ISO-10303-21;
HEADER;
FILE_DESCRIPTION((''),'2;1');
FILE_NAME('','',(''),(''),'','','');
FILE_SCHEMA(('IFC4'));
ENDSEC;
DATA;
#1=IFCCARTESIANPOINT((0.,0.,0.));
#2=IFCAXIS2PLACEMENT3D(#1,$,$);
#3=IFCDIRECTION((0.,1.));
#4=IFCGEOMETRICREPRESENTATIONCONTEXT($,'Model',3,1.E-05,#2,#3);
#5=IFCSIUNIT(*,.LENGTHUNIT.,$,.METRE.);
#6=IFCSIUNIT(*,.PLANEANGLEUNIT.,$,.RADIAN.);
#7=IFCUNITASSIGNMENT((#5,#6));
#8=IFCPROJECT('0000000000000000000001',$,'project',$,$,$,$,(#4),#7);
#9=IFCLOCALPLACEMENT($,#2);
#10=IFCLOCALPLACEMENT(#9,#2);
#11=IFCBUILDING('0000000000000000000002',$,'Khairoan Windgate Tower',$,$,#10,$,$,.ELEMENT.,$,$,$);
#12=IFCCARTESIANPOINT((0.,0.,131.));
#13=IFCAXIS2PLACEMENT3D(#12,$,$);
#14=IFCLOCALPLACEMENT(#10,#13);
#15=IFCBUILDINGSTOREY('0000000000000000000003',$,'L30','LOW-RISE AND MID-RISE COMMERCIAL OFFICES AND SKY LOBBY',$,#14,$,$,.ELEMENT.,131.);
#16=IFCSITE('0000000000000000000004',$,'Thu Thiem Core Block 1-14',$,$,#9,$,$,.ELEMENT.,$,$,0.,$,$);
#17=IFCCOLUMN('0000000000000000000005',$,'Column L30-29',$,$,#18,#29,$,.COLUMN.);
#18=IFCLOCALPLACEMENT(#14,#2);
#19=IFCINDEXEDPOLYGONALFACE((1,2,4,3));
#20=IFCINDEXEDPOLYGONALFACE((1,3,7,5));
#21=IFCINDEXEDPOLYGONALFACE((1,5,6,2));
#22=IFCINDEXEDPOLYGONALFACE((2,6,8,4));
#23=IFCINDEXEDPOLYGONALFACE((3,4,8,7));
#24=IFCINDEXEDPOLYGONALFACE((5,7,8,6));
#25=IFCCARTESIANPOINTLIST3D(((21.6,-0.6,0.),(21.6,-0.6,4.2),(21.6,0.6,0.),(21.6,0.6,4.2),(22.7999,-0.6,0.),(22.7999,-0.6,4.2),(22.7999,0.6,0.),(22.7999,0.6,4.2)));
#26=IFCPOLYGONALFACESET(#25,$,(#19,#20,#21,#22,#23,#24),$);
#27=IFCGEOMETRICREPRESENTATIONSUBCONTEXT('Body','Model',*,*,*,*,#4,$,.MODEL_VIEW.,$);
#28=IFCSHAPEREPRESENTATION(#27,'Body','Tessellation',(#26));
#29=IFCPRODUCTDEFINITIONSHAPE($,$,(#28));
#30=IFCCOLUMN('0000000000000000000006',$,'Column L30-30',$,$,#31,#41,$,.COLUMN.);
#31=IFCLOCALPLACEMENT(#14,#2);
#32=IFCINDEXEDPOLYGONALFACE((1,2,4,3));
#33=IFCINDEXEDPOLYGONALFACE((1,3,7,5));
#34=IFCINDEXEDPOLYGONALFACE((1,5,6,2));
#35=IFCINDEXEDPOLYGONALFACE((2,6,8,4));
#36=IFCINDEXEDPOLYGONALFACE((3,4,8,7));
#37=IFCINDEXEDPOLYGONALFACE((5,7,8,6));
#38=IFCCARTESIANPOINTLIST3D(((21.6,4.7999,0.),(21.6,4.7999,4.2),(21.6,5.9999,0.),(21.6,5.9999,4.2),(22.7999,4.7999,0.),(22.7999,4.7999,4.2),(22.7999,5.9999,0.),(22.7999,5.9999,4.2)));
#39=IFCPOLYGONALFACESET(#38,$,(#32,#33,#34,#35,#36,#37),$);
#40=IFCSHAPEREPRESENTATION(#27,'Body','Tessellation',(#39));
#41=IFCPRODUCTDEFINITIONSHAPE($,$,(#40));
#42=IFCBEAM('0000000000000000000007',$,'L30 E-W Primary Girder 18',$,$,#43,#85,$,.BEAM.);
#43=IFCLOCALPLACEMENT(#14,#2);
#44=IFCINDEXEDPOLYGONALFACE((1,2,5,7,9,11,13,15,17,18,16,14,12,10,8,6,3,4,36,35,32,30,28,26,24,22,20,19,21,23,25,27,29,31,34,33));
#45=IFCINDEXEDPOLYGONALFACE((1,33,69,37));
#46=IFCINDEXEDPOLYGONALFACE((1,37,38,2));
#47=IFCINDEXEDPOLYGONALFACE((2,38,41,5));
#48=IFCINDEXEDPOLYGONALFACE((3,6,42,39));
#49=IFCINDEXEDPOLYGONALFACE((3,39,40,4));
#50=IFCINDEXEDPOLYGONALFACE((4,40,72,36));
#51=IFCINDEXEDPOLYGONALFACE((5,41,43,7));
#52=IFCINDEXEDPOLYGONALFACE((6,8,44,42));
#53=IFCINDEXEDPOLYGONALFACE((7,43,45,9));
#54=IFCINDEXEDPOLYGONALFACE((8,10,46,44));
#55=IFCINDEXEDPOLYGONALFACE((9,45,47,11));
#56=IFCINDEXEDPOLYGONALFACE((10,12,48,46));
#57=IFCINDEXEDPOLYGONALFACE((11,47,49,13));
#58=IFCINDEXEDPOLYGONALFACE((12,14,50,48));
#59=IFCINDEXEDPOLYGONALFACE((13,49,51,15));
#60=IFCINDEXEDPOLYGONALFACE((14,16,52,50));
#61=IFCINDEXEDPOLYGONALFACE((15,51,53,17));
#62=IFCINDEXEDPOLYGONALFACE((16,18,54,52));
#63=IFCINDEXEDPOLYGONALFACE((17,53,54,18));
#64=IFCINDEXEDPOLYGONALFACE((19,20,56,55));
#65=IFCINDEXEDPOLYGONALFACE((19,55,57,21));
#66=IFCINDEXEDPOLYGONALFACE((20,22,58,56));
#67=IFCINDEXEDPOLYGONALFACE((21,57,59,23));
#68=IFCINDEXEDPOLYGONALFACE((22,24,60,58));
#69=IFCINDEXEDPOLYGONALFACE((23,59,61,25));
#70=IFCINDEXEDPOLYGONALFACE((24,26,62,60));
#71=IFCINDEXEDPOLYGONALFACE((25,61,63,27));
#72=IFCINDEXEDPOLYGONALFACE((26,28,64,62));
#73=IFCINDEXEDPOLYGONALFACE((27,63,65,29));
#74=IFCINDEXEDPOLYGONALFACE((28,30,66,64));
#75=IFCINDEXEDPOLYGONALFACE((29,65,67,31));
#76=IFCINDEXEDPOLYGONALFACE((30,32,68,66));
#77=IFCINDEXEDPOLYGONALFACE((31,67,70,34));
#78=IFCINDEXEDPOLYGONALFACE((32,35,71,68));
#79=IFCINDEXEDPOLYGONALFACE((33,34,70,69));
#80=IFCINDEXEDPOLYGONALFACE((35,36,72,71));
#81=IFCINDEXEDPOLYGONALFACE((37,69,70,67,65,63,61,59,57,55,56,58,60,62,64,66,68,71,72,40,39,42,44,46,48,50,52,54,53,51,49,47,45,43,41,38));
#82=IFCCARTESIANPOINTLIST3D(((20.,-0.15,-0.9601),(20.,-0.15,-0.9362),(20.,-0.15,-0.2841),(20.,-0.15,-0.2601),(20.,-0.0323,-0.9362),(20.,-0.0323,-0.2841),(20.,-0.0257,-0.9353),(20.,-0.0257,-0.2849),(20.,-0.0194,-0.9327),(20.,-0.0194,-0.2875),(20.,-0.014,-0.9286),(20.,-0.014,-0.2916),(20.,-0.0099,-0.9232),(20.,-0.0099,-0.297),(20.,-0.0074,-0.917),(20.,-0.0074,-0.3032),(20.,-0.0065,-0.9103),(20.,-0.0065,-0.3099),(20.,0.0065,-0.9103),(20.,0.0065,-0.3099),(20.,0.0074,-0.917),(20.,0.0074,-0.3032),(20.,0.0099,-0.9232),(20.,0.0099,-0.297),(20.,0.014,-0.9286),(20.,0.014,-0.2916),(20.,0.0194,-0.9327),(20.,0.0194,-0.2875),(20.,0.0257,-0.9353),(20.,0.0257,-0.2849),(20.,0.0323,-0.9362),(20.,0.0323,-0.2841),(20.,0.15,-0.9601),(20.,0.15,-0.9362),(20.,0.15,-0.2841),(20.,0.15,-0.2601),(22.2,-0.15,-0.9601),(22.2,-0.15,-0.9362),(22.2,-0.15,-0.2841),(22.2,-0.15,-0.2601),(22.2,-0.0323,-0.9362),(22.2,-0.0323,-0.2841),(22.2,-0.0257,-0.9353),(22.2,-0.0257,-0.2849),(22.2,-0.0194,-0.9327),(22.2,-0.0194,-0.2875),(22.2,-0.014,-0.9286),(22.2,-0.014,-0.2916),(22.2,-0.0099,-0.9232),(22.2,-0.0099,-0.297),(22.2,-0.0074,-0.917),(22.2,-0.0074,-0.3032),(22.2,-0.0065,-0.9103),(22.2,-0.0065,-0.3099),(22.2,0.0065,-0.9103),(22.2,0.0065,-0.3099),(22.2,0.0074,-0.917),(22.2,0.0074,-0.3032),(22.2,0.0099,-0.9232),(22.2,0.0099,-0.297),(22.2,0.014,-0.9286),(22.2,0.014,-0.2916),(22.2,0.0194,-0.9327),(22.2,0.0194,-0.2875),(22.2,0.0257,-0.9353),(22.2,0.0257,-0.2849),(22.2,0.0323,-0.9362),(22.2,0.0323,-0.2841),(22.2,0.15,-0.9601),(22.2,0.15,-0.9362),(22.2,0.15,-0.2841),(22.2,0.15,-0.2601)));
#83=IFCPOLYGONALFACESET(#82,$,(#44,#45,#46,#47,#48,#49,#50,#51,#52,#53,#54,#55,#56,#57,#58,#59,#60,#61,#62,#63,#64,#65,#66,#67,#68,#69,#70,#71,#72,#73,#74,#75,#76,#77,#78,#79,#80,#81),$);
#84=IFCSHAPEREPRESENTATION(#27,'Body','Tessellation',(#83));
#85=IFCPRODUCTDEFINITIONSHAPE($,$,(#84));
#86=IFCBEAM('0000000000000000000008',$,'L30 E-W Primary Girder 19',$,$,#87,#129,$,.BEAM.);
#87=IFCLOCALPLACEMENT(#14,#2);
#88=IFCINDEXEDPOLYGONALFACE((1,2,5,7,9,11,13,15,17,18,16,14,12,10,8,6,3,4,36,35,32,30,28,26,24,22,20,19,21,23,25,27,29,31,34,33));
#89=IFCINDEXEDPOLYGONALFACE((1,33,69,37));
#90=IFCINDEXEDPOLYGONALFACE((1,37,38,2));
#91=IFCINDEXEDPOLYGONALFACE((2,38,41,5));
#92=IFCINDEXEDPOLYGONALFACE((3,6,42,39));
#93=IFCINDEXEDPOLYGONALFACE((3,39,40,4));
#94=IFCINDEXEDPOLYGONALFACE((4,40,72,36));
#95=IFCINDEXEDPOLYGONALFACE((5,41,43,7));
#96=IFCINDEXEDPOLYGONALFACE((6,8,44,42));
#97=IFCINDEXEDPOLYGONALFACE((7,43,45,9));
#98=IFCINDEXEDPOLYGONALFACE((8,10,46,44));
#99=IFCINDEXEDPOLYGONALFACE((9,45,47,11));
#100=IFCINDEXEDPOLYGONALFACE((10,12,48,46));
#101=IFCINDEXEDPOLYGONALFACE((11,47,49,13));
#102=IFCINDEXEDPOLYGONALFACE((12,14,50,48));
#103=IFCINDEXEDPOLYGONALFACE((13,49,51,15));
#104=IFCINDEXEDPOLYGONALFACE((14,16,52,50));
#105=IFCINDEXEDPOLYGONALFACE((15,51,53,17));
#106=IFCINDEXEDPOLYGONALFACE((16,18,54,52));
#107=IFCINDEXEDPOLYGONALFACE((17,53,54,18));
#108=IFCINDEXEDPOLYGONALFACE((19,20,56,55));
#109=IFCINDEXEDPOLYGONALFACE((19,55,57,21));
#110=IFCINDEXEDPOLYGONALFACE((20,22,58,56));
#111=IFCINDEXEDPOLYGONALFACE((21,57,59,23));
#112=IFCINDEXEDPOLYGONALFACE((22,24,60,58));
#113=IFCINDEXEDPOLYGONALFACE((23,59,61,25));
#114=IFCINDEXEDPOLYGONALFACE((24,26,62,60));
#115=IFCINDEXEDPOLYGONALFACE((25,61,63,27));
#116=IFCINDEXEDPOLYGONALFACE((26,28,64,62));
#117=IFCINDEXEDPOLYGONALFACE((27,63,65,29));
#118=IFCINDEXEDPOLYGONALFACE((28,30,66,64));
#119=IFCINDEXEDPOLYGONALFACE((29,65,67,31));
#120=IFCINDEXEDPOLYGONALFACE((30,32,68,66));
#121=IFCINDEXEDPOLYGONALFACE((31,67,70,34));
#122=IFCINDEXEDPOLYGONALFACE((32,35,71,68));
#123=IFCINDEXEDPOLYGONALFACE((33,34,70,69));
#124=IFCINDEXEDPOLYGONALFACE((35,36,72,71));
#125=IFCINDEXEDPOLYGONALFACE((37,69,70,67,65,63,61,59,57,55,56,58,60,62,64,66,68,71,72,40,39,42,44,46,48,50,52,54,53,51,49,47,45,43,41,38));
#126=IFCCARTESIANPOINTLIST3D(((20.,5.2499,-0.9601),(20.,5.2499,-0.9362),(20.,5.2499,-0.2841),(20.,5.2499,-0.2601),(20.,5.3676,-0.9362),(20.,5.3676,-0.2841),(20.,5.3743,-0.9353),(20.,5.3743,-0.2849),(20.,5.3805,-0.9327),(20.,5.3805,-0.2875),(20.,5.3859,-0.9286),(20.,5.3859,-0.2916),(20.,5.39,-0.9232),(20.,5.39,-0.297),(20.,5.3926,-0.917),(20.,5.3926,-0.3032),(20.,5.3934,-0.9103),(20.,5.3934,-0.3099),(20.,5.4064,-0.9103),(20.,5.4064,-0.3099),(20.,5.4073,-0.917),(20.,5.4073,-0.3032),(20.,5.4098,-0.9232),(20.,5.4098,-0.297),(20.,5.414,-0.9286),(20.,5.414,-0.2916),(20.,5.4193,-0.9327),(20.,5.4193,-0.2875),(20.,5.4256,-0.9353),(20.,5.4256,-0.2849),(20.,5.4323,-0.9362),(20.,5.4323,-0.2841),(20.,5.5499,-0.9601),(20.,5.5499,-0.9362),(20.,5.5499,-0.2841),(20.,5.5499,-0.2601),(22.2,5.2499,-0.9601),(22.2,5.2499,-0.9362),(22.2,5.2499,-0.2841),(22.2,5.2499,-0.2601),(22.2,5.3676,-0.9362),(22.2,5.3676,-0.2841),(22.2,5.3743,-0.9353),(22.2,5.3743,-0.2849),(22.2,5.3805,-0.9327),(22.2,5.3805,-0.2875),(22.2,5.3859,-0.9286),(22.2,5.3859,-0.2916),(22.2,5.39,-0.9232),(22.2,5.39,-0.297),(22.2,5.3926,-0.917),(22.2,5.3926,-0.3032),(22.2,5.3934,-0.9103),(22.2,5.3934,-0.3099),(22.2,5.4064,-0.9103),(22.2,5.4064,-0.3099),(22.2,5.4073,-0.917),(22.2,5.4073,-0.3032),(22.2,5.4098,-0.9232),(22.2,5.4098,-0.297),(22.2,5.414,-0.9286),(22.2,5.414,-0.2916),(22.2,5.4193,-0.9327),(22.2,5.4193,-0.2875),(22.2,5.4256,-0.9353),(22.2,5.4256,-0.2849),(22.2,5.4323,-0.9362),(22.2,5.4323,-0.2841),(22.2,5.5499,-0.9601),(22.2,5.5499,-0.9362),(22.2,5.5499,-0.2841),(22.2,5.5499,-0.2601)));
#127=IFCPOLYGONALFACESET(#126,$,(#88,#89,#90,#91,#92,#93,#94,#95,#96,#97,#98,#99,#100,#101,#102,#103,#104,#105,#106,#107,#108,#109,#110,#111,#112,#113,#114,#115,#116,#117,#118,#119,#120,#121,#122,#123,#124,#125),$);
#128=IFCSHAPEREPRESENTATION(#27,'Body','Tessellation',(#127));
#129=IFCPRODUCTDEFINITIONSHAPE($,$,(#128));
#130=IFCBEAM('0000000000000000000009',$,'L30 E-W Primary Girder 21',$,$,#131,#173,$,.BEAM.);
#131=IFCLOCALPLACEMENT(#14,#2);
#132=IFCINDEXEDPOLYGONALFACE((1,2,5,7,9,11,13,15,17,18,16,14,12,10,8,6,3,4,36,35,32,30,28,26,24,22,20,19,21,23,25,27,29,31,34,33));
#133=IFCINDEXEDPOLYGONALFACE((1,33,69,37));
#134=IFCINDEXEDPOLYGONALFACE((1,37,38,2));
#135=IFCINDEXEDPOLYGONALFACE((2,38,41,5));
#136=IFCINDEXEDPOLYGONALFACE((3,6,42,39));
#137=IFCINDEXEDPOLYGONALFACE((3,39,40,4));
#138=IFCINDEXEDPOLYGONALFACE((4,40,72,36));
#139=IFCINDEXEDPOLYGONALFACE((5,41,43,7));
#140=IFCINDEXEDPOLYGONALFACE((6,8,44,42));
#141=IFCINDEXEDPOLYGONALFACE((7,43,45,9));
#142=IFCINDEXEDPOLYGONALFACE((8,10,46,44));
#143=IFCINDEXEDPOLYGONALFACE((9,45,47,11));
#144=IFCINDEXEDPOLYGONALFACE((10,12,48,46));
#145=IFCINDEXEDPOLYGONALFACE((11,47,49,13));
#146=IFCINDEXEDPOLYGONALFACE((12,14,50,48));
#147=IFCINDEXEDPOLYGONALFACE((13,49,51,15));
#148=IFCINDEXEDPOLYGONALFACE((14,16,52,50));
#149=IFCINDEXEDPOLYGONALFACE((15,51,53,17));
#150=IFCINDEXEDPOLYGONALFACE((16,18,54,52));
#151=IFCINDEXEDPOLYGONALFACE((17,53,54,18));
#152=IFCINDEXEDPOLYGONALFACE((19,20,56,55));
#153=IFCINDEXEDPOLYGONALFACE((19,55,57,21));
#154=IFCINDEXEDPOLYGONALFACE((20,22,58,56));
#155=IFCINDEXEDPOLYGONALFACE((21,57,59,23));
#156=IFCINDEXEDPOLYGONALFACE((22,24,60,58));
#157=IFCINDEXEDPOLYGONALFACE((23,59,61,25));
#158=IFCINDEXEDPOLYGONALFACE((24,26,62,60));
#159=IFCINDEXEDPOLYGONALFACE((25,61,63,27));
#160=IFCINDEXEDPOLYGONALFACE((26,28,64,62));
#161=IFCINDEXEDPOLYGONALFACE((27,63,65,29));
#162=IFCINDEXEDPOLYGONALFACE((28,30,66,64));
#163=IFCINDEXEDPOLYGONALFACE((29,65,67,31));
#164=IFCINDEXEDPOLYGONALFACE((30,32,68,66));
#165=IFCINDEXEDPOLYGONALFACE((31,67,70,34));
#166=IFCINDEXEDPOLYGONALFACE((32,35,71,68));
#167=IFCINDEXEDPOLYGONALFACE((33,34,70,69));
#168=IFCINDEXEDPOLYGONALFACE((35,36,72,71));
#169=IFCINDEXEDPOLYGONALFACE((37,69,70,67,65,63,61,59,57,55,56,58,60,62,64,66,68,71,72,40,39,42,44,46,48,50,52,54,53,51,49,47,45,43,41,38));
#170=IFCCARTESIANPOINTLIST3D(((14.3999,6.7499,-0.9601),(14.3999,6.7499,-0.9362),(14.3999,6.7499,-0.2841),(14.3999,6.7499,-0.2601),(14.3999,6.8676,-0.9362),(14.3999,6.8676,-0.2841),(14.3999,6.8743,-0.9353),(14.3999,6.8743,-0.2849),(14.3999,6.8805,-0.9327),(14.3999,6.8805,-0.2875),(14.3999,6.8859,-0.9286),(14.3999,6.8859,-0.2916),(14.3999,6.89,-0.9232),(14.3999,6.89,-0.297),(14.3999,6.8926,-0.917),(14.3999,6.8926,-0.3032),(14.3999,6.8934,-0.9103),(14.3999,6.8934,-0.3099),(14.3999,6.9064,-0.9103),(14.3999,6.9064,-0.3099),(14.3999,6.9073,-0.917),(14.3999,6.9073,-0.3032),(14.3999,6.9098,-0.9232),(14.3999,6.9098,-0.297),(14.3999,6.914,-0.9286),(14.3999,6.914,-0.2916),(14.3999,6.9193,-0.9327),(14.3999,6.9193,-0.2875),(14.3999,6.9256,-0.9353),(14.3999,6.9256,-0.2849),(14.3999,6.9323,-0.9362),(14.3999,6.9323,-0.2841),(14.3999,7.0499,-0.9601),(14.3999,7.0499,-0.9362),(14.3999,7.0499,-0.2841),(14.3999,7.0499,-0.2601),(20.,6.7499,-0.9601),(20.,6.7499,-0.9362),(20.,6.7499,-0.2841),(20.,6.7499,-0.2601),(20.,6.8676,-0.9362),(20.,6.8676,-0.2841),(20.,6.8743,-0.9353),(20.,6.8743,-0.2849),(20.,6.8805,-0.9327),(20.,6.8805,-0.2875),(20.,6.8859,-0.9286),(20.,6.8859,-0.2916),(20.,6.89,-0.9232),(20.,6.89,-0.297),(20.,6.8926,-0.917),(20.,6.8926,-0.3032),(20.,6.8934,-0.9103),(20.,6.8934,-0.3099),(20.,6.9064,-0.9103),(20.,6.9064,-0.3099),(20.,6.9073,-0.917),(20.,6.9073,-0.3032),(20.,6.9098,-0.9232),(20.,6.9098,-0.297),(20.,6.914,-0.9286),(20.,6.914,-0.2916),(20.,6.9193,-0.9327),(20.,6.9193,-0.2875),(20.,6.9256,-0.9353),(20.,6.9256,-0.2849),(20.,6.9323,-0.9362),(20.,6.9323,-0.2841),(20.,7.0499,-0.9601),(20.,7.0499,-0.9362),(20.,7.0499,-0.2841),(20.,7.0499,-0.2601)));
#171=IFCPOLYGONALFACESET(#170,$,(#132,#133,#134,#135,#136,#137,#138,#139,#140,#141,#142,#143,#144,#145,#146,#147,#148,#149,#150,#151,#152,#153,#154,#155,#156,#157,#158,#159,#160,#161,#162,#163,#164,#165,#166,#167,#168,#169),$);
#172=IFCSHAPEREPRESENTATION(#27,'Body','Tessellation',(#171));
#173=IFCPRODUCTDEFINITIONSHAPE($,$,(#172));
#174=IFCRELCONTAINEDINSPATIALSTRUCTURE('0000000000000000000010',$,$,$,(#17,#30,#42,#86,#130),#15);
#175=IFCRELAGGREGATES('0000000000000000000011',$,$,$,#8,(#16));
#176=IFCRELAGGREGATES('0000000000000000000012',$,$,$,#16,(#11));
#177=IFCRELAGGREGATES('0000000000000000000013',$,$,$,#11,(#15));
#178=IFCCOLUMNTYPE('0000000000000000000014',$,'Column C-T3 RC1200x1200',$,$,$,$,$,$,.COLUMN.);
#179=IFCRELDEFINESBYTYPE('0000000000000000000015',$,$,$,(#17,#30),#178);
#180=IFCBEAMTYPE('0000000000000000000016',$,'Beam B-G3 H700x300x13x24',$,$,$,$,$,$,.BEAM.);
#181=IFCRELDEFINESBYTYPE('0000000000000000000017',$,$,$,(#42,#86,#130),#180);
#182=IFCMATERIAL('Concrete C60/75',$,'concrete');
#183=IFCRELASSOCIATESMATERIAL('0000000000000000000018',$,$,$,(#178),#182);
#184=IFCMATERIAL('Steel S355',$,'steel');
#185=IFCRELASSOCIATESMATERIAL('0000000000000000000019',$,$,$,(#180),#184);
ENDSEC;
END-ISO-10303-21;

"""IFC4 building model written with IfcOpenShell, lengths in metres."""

from ifc_helpers import new_model, si_unit, direction, frame, origin, origin_2d, place, context, subcontext, project, spatial, rectangle, i_section, extrude, material, material_profile, profile_set, type_object, element, save


model = new_model("IFC4")

# Units and contexts
model_context = context("Model", 3, precision=1e-05, world=origin(), true_north=direction((0.0, 1.0)))
body_context = subcontext(model_context, "Body", "Model", "MODEL_VIEW")
ifc_project = project(units=[si_unit("LENGTHUNIT", "METRE"), si_unit("PLANEANGLEUNIT", "RADIAN")], contexts=[model_context])

# Site, building, storey
site_placement = place(None, origin())
site = spatial("IfcSite", under=ifc_project, at=site_placement, Name="Thu Thiem Core Block 1-14", CompositionType="ELEMENT", RefElevation=0.0)
building_placement = place(site_placement, origin())
building = spatial("IfcBuilding", under=site, at=building_placement, Name="Khairoan Windgate Tower", CompositionType="ELEMENT")
storey_placement = place(building_placement, frame((0.0, 0.0, 131.0)))
storey = spatial("IfcBuildingStorey", under=building, at=storey_placement, Name="L30", Description="LOW-RISE AND MID-RISE COMMERCIAL OFFICES AND SKY LOBBY", CompositionType="ELEMENT", Elevation=131.0)

# Columns
ifc_material_1 = material(Name="Concrete C60/75", Category="concrete")
ifc_material_profile_1 = material_profile(ifc_material_1, rectangle(XDim=1.2, YDim=1.2, at=origin_2d()))
ifc_profile_set_1 = profile_set([ifc_material_profile_1], Name="Concrete C60/75")
column_type = type_object("IfcColumnType", Name="Column C-T3 RC1200x1200", PredefinedType="COLUMN", material=ifc_profile_set_1)
for number, where, z_axis, x_axis, name in (
    (1, (22.2, 0.0, 0.0), (0.0, 0.0, 1.0), (1.0, 0.0, 0.0), "Column L30-29"),
    (2, (22.2, 5.3999, 0.0), (0.0, 0.0, 1.0), (1.0, 0.0, 0.0), "Column L30-30"),
):
    element("IfcColumn", number, at=place(storey_placement, frame(where, z_axis=z_axis, x_axis=x_axis)), inside=storey, type_object=column_type, Name=name, PredefinedType="COLUMN", context=body_context, shape_type="SweptSolid", body=[
        extrude(rectangle(XDim=1.2, YDim=1.2, at=origin_2d()), origin(), (0.0, 0.0, 1.0), 4.2),
    ])

# Beams
ifc_material_2 = material(Name="Steel S355", Category="steel")
ifc_material_profile_2 = material_profile(ifc_material_2, i_section(OverallWidth=0.3, OverallDepth=0.7, WebThickness=0.0129, FlangeThickness=0.0239, FilletRadius=0.0259, at=origin_2d()))
ifc_profile_set_2 = profile_set([ifc_material_profile_2], Name="Steel S355")
beam_type_1 = type_object("IfcBeamType", Name="Beam B-G3 H700x300x13x24", PredefinedType="BEAM", material=ifc_profile_set_2)
for number, where, z_axis, x_axis, name in (
    (3, (20.0, 0.0, -0.6101), (1.0, 0.0, 0.0), (0.0, 1.0, 0.0), "L30 E-W Primary Girder 18"),
    (4, (20.0, 5.3999, -0.6101), (1.0, 0.0, 0.0), (0.0, 1.0, 0.0), "L30 E-W Primary Girder 19"),
):
    element("IfcBeam", number, at=place(storey_placement, frame(where, z_axis=z_axis, x_axis=x_axis)), inside=storey, type_object=beam_type_1, Name=name, PredefinedType="BEAM", context=body_context, shape_type="SweptSolid", body=[
        extrude(i_section(OverallWidth=0.3, OverallDepth=0.7, WebThickness=0.0129, FlangeThickness=0.0239, FilletRadius=0.0259, at=origin_2d()), origin(), (0.0, 0.0, 1.0), 2.2),
    ])
beam_1_placement = place(storey_placement, frame((14.3999, 6.8999, -0.6101), z_axis=(1.0, 0.0, 0.0), x_axis=(0.0, 1.0, 0.0)))
element("IfcBeam", 5, at=beam_1_placement, inside=storey, type_object=beam_type_1, Name="L30 E-W Primary Girder 21", PredefinedType="BEAM", context=body_context, shape_type="SweptSolid", body=[
    extrude(i_section(OverallWidth=0.3, OverallDepth=0.7, WebThickness=0.0129, FlangeThickness=0.0239, FilletRadius=0.0259, at=origin_2d()), origin(), (0.0, 0.0, 1.0), 5.6001),
])

save(model, "model.ifc")
